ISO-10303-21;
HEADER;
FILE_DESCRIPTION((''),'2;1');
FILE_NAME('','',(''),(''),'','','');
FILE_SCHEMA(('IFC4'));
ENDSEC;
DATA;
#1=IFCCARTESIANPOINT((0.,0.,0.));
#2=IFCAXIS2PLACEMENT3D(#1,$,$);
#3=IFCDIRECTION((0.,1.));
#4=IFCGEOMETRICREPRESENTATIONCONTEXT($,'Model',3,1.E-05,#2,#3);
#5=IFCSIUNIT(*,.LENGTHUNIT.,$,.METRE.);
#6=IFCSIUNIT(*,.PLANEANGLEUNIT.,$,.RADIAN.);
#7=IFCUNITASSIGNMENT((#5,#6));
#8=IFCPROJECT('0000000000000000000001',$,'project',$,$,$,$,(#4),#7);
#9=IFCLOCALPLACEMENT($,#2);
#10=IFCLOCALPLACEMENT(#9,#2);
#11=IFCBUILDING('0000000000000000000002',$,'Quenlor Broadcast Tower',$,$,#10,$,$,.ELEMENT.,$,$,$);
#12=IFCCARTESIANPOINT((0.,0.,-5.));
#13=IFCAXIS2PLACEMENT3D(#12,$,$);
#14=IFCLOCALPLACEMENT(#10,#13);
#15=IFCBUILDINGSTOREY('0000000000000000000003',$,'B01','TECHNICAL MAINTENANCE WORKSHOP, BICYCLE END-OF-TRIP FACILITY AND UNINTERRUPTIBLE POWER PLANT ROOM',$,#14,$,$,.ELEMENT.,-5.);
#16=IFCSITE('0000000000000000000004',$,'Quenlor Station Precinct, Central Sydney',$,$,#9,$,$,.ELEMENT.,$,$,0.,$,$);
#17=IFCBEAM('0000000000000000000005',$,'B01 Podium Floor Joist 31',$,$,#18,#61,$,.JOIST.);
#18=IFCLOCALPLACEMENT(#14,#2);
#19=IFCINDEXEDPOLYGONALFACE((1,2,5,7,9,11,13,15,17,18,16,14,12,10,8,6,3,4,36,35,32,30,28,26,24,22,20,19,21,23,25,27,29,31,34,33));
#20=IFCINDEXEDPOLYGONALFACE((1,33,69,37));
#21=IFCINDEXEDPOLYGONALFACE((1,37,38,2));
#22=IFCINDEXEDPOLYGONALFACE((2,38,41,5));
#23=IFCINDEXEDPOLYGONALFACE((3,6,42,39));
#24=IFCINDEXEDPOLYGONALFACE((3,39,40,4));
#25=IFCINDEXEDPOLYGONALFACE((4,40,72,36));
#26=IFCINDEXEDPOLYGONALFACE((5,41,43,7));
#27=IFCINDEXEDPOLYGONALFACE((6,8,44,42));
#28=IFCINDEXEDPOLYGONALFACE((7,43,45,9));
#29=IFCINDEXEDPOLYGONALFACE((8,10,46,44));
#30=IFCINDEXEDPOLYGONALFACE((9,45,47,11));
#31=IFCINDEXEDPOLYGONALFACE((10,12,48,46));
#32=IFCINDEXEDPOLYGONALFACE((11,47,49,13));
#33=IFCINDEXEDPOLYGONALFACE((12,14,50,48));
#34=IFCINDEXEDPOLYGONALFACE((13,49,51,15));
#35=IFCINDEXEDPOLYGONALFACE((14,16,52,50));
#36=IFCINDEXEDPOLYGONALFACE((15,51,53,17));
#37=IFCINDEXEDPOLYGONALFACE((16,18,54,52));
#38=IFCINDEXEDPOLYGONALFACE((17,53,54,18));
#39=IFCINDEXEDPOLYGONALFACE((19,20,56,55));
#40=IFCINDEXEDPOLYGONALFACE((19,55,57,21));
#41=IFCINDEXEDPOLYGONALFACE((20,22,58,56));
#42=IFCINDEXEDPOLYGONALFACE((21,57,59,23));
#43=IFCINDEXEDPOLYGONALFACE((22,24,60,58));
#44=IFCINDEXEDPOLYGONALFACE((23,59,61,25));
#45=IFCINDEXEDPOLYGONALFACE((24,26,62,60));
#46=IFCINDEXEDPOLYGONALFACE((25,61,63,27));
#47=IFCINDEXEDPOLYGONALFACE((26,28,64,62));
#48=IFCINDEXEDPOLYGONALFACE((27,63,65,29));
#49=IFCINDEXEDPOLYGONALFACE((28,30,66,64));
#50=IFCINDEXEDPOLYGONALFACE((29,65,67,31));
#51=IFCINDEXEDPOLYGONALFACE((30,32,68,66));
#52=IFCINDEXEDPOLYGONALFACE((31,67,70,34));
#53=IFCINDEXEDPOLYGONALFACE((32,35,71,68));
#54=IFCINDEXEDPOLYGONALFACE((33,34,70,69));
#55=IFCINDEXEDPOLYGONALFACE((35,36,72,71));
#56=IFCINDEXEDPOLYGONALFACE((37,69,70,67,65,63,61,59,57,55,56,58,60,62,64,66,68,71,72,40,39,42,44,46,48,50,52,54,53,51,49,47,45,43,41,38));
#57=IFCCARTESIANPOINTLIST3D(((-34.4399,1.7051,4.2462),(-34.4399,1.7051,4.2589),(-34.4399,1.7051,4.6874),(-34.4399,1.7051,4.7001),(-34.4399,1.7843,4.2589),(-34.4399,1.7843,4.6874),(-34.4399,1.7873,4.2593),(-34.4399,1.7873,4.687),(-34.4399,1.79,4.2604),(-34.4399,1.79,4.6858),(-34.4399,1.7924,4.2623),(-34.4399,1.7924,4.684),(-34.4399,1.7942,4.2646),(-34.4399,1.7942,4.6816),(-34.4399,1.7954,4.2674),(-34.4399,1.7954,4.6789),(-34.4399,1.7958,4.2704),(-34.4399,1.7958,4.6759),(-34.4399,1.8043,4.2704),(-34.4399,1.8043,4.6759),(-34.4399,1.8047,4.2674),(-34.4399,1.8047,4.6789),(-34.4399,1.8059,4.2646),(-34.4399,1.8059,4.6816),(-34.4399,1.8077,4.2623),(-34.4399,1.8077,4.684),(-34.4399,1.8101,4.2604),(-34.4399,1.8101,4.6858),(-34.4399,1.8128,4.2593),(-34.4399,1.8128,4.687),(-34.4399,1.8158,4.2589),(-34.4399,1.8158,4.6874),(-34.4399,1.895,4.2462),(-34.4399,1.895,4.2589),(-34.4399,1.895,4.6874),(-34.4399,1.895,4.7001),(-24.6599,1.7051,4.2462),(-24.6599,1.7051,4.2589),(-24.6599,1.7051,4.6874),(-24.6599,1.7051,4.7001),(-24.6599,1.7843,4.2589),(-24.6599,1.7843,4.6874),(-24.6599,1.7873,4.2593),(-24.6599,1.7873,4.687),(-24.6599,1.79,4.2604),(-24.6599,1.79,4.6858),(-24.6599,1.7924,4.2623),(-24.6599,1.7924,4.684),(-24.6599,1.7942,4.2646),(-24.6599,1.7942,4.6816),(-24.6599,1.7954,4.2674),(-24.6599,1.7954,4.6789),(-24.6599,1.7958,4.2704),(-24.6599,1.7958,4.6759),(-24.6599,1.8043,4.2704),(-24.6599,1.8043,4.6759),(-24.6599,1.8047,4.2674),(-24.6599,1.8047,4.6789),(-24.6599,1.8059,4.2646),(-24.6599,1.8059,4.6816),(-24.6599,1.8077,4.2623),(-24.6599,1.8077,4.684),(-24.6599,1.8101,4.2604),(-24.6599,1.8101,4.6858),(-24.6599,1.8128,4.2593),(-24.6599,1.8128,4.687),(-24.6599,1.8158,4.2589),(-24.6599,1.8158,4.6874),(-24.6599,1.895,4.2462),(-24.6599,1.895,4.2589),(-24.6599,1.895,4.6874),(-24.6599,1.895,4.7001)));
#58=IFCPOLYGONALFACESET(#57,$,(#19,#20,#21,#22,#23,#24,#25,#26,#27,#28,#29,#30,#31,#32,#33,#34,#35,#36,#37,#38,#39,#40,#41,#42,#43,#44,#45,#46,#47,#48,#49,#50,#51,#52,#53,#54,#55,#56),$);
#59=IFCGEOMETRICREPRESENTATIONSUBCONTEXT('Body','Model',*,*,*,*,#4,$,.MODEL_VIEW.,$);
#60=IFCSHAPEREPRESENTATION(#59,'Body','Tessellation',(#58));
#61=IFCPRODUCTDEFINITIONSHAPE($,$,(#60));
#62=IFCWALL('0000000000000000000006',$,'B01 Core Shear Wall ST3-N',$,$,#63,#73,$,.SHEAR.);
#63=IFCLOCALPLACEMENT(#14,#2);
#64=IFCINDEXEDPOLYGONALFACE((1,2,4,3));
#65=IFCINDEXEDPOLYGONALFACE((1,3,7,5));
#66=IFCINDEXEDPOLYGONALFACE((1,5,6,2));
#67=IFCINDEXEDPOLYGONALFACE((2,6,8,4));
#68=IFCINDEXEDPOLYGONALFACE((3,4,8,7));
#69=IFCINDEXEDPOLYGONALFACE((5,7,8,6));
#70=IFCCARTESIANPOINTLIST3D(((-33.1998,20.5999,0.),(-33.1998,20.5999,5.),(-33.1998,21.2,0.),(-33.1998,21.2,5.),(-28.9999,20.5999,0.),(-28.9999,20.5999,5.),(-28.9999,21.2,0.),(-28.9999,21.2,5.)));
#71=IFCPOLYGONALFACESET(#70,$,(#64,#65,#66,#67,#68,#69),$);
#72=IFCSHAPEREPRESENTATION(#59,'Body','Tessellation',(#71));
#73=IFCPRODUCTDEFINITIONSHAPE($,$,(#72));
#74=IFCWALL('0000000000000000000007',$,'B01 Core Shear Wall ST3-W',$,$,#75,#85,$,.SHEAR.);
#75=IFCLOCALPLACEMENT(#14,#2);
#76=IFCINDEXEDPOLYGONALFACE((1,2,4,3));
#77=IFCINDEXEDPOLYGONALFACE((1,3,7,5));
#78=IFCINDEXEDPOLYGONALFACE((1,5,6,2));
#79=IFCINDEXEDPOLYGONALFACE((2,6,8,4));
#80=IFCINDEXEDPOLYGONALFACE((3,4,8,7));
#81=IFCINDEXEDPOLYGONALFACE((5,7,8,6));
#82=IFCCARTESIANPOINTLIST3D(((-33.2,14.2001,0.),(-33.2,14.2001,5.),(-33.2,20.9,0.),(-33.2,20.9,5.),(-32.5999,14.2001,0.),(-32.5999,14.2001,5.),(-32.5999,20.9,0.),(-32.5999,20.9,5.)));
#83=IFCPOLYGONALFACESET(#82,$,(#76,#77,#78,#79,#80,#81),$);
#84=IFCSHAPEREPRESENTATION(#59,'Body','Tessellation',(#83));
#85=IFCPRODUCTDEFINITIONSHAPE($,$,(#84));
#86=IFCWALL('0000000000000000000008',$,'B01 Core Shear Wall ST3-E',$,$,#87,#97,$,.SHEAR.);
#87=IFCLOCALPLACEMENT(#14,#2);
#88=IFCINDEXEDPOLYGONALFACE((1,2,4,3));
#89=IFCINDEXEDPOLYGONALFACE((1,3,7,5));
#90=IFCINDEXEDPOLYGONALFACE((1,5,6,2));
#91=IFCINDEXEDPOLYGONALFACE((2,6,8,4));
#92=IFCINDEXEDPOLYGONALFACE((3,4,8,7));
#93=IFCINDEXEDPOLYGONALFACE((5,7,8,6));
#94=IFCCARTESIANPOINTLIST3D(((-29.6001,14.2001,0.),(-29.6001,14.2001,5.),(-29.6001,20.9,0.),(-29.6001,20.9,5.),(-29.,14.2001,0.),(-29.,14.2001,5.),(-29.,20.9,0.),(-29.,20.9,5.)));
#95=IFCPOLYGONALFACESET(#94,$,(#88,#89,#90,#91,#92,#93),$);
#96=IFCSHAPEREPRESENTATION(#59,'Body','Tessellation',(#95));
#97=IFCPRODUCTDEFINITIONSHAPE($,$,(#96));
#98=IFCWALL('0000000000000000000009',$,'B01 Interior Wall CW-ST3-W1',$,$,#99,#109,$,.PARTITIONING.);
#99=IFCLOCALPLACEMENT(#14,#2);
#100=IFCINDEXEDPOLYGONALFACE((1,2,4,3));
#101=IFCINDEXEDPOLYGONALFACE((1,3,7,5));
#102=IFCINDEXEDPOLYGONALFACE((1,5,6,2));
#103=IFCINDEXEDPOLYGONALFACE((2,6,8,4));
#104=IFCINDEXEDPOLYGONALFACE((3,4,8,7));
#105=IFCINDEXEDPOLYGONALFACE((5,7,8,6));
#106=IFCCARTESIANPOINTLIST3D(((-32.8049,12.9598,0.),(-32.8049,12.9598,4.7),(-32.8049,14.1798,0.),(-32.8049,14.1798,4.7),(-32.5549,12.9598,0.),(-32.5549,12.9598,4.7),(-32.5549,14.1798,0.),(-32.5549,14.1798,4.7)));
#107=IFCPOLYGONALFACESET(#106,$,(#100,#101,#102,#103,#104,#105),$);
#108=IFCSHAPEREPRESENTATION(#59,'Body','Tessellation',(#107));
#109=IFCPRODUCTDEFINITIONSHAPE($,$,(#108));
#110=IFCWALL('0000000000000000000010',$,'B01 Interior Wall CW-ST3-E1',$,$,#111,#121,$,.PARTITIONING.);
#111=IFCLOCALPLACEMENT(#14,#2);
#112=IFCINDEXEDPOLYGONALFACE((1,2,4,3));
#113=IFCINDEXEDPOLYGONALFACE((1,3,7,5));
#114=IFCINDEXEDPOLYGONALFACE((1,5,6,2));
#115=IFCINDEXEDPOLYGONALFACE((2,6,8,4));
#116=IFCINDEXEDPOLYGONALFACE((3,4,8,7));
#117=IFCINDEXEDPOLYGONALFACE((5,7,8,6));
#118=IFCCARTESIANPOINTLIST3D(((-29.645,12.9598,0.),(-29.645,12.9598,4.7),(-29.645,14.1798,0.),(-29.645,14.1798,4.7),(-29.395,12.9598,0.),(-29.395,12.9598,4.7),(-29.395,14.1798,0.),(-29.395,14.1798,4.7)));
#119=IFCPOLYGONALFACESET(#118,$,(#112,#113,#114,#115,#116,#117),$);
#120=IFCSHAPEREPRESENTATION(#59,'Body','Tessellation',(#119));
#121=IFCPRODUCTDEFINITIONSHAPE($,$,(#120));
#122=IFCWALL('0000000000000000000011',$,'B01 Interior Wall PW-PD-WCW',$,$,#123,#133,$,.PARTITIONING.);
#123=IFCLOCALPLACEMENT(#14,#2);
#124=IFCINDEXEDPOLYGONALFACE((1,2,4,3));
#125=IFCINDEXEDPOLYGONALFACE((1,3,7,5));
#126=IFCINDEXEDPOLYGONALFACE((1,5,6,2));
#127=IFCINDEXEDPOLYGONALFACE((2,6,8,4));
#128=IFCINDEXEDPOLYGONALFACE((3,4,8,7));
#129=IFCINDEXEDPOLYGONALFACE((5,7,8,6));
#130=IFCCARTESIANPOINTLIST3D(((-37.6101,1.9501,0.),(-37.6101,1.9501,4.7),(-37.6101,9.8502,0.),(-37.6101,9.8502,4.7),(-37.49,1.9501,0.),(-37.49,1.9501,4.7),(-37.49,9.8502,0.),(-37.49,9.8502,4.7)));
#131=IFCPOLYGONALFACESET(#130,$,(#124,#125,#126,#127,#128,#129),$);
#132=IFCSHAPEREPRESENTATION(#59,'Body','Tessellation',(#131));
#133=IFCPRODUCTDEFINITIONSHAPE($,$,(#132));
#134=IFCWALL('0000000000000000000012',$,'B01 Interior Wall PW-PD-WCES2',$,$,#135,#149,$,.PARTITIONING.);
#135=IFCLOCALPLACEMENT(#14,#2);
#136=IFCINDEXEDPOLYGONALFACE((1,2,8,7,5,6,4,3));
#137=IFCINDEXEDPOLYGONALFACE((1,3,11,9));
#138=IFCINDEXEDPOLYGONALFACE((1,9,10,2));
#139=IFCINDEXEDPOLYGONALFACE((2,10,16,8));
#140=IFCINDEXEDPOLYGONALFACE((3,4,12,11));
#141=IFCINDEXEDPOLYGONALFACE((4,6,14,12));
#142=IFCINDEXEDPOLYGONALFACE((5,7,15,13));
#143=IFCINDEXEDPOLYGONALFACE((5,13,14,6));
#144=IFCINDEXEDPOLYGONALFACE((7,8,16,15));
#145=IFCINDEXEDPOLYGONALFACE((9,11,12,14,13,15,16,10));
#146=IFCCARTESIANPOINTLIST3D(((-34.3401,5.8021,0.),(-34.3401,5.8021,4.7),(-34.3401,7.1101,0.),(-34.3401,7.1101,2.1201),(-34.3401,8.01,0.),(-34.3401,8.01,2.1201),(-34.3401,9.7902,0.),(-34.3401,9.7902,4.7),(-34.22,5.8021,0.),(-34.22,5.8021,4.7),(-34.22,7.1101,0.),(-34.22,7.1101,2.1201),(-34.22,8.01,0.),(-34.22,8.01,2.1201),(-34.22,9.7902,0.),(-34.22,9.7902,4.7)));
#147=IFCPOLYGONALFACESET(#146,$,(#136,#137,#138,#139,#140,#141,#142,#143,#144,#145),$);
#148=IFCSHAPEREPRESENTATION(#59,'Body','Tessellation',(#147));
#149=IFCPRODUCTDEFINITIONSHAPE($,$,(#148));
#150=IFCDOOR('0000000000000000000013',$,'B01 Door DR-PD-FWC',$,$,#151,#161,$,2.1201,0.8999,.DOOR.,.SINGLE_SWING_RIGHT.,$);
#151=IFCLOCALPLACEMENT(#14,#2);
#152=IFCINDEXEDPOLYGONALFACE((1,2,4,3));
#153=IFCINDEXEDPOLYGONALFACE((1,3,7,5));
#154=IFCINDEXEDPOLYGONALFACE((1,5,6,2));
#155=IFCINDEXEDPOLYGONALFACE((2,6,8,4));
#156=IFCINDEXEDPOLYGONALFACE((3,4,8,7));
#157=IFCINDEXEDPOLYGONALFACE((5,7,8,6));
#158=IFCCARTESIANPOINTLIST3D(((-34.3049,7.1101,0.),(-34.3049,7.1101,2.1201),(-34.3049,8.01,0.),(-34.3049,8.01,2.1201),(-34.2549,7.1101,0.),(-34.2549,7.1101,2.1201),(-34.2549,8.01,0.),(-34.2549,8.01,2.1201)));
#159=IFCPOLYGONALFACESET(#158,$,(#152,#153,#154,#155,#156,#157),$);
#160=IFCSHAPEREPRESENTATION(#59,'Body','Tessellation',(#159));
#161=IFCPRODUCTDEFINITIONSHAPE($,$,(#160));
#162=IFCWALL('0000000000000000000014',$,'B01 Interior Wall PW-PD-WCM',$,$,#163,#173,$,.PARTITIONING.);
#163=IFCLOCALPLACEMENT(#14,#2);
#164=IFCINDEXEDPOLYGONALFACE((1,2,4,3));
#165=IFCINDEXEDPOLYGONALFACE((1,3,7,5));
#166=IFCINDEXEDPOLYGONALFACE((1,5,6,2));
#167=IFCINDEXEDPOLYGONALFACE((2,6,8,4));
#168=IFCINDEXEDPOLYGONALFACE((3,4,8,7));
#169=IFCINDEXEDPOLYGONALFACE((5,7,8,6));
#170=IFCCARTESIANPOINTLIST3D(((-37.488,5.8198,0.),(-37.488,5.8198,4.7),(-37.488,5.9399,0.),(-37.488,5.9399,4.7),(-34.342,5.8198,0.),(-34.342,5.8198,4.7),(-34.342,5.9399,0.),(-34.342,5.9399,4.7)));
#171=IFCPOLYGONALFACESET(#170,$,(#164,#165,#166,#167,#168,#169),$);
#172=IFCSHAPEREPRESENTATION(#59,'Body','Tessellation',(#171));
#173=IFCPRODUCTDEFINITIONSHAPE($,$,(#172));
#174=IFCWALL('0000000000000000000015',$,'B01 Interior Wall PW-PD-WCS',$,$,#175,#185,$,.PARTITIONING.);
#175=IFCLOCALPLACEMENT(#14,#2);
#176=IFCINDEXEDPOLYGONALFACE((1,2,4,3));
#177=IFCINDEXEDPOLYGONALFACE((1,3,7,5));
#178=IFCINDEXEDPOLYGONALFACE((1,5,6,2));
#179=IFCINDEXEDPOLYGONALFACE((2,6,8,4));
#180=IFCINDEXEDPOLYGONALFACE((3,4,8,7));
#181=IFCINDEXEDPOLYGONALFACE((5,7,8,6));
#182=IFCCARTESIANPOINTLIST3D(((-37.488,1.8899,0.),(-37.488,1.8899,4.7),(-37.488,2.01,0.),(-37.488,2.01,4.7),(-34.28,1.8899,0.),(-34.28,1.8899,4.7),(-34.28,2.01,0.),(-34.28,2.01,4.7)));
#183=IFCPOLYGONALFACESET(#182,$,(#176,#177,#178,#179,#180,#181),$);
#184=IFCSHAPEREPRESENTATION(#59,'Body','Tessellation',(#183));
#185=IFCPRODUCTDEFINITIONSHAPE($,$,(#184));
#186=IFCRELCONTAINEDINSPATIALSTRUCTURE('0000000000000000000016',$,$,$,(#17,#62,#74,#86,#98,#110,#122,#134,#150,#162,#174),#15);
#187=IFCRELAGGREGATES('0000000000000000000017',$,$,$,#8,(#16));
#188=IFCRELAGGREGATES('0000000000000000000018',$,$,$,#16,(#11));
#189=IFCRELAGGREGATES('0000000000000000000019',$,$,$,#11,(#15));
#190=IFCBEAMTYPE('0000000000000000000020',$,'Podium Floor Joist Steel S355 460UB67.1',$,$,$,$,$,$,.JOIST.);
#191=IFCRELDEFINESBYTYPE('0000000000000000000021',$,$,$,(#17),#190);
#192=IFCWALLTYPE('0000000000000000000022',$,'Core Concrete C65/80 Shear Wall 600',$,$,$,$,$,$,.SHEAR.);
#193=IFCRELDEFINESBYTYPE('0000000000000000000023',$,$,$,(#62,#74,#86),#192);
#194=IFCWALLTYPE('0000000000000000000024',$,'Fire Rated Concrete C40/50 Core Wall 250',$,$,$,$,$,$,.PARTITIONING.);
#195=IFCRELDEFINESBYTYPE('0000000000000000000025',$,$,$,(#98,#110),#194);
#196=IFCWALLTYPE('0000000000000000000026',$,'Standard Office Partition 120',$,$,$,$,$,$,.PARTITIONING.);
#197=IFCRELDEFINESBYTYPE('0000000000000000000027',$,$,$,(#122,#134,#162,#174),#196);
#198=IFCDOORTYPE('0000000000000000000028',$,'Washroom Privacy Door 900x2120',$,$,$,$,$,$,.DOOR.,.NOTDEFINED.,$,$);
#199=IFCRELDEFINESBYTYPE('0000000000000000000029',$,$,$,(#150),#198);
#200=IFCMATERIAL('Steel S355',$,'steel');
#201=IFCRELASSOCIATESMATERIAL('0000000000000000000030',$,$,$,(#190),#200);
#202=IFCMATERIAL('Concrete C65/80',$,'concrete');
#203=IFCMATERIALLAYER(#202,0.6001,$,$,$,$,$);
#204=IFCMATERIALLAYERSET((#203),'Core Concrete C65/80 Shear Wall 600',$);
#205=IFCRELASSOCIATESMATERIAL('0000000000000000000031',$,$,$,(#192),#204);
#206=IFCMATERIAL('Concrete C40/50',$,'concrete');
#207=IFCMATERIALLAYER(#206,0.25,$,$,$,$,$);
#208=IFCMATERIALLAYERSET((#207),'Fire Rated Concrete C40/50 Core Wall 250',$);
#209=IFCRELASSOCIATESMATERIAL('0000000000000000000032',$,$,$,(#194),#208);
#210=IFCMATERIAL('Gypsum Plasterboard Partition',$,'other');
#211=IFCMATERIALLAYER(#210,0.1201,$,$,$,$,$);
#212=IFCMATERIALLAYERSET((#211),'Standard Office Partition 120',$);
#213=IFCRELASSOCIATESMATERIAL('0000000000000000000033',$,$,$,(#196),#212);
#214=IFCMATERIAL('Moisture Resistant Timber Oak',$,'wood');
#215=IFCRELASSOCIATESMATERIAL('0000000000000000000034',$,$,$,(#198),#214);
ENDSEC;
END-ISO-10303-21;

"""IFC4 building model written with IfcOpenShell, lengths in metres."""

from ifc_helpers import new_model, si_unit, direction, frame, frame_2d, origin, origin_2d, place, context, subcontext, project, spatial, rectangle, i_section, extrude, material, layer, layer_set, material_profile, profile_set, type_object, element, fill, save


model = new_model("IFC4")

# Units and contexts
model_context = context("Model", 3, precision=1e-05, world=origin(), true_north=direction((0.0, 1.0)))
body_context = subcontext(model_context, "Body", "Model", "MODEL_VIEW")
ifc_project = project(units=[si_unit("LENGTHUNIT", "METRE"), si_unit("PLANEANGLEUNIT", "RADIAN")], contexts=[model_context])

# Site, building, storey
site_placement = place(None, origin())
site = spatial("IfcSite", under=ifc_project, at=site_placement, Name="Quenlor Station Precinct, Central Sydney", CompositionType="ELEMENT", RefElevation=0.0)
building_placement = place(site_placement, origin())
building = spatial("IfcBuilding", under=site, at=building_placement, Name="Quenlor Broadcast Tower", CompositionType="ELEMENT")
storey_placement = place(building_placement, frame((0.0, 0.0, -5.0)))
storey = spatial("IfcBuildingStorey", under=building, at=storey_placement, Name="B01", Description="TECHNICAL MAINTENANCE WORKSHOP, BICYCLE END-OF-TRIP FACILITY AND UNINTERRUPTIBLE POWER PLANT ROOM", CompositionType="ELEMENT", Elevation=-5.0)

# Beam
ifc_material_1 = material(Name="Steel S355", Category="steel")
ifc_material_profile_1 = material_profile(ifc_material_1, i_section(OverallWidth=0.1899, OverallDepth=0.4539, WebThickness=0.0085, FlangeThickness=0.0127, FilletRadius=0.0115, at=origin_2d()))
ifc_profile_set_1 = profile_set([ifc_material_profile_1], Name="Steel S355 460UB67.1")
beam_type_1 = type_object("IfcBeamType", Name="Podium Floor Joist Steel S355 460UB67.1", PredefinedType="JOIST", material=ifc_profile_set_1)
for number, where, z_axis, x_axis, name in (
    (1, (-34.4399, 1.8, 4.4731), (1.0, 0.0, 0.0), (0.0, 1.0, 0.0), "B01 Podium Floor Joist 31"),
):
    element("IfcBeam", number, at=place(storey_placement, frame(where, z_axis=z_axis, x_axis=x_axis)), inside=storey, type_object=beam_type_1, Name=name, PredefinedType="JOIST", context=body_context, shape_type="SweptSolid", body=[
        extrude(i_section(OverallWidth=0.1899, OverallDepth=0.4539, WebThickness=0.0085, FlangeThickness=0.0127, FilletRadius=0.0115, at=origin_2d()), origin(), (0.0, 0.0, 1.0), 9.78),
    ])

# Walls
ifc_material_2 = material(Name="Concrete C65/80", Category="concrete")
ifc_layer_1 = layer(ifc_material_2, 0.6001)
ifc_layer_set_1 = layer_set([ifc_layer_1], Name="Core Concrete C65/80 Shear Wall 600")
wall_type_1 = type_object("IfcWallType", Name="Core Concrete C65/80 Shear Wall 600", PredefinedType="SHEAR", material=ifc_layer_set_1)
wall_1_placement = place(storey_placement, frame((-33.2, 20.8999, 0.0), z_axis=(0.0, 0.0, 1.0), x_axis=(1.0, 0.0, 0.0)))
element("IfcWall", 2, at=wall_1_placement, inside=storey, type_object=wall_type_1, Name="B01 Core Shear Wall ST3-N", PredefinedType="SHEAR", context=body_context, shape_type="SweptSolid", body=[
    extrude(rectangle(XDim=4.2, YDim=0.6001, at=frame_2d((2.1001, 0.0))), origin(), (0.0, 0.0, 1.0), 5.0),
])
for number, where, z_axis, x_axis, name in (
    (3, (-32.8999, 14.2, 0.0), (0.0, 0.0, 1.0), (0.0, 1.0, 0.0), "B01 Core Shear Wall ST3-W"),
    (4, (-29.3, 14.2, 0.0), (0.0, 0.0, 1.0), (0.0, 1.0, 0.0), "B01 Core Shear Wall ST3-E"),
):
    element("IfcWall", number, at=place(storey_placement, frame(where, z_axis=z_axis, x_axis=x_axis)), inside=storey, type_object=wall_type_1, Name=name, PredefinedType="SHEAR", context=body_context, shape_type="SweptSolid", body=[
        extrude(rectangle(XDim=6.7, YDim=0.6001, at=frame_2d((3.3501, 0.0))), origin(), (0.0, 0.0, 1.0), 5.0),
    ])

# Shared definitions
ifc_material_3 = material(Name="Concrete C40/50", Category="concrete")
ifc_layer_2 = layer(ifc_material_3, 0.25)
ifc_layer_set_2 = layer_set([ifc_layer_2], Name="Fire Rated Concrete C40/50 Core Wall 250")
wall_type_2 = type_object("IfcWallType", Name="Fire Rated Concrete C40/50 Core Wall 250", PredefinedType="PARTITIONING", material=ifc_layer_set_2)

# Walls
for number, where, z_axis, x_axis, name in (
    (5, (-32.6799, 12.96, 0.0), (0.0, 0.0, 1.0), (0.0, 1.0, 0.0), "B01 Interior Wall CW-ST3-W1"),
    (6, (-29.52, 12.96, 0.0), (0.0, 0.0, 1.0), (0.0, 1.0, 0.0), "B01 Interior Wall CW-ST3-E1"),
):
    element("IfcWall", number, at=place(storey_placement, frame(where, z_axis=z_axis, x_axis=x_axis)), inside=storey, type_object=wall_type_2, Name=name, PredefinedType="PARTITIONING", context=body_context, shape_type="SweptSolid", body=[
        extrude(rectangle(XDim=1.22, YDim=0.25, at=frame_2d((0.6099, 0.0))), origin(), (0.0, 0.0, 1.0), 4.7),
    ])
ifc_material_4 = material(Name="Gypsum Plasterboard Partition", Category="other")
ifc_layer_3 = layer(ifc_material_4, 0.1201)
ifc_layer_set_3 = layer_set([ifc_layer_3], Name="Standard Office Partition 120")
wall_type_3 = type_object("IfcWallType", Name="Standard Office Partition 120", PredefinedType="PARTITIONING", material=ifc_layer_set_3)
wall_2_placement = place(storey_placement, frame((-37.55, 1.95, 0.0), z_axis=(0.0, 0.0, 1.0), x_axis=(0.0, 1.0, 0.0)))
element("IfcWall", 7, at=wall_2_placement, inside=storey, type_object=wall_type_3, Name="B01 Interior Wall PW-PD-WCW", PredefinedType="PARTITIONING", context=body_context, shape_type="SweptSolid", body=[
    extrude(rectangle(XDim=7.9001, YDim=0.1201, at=frame_2d((3.9502, 0.0))), origin(), (0.0, 0.0, 1.0), 4.7),
])

# Wall, opening, door
ifc_material_5 = material(Name="Moisture Resistant Timber Oak", Category="wood")
door_type_1 = type_object("IfcDoorType", Name="Washroom Privacy Door 900x2120", OperationType="NOTDEFINED", PredefinedType="DOOR", material=ifc_material_5)
wall_3_placement = place(storey_placement, frame((-34.28, 5.802, 0.0), z_axis=(0.0, 0.0, 1.0), x_axis=(0.0, 1.0, 0.0)))
wall_3 = element("IfcWall", 8, at=wall_3_placement, inside=storey, type_object=wall_type_3, Name="B01 Interior Wall PW-PD-WCES2", PredefinedType="PARTITIONING", context=body_context, shape_type="SweptSolid", body=[
    extrude(rectangle(XDim=3.988, YDim=0.1201, at=frame_2d((1.9941, 0.0))), origin(), (0.0, 0.0, 1.0), 4.7),
])
opening_1_placement = place(wall_3_placement, frame((1.3081, 0.0, 0.0)))
opening_1 = element("IfcOpeningElement", 9, at=opening_1_placement, cuts=wall_3, PredefinedType="OPENING", context=body_context, shape_type="SweptSolid", body=[
    extrude(rectangle(XDim=0.8999, YDim=2.1201, at=frame_2d((0.45, 1.0601))), frame((0.0, 0.0701, 0.0), z_axis=(0.0, -1.0, 0.0), x_axis=(1.0, 0.0, 0.0)), (0.0, 0.0, 1.0), 0.1401),
])
door_1_placement = place(opening_1_placement, origin())
door_1 = element("IfcDoor", 10, at=door_1_placement, inside=storey, type_object=door_type_1, Name="B01 Door DR-PD-FWC", OperationType="SINGLE_SWING_RIGHT", OverallHeight=2.1201, OverallWidth=0.8999, PredefinedType="DOOR", context=body_context, shape_type="SweptSolid", body=[
    extrude(rectangle(XDim=0.8999, YDim=2.1201, at=frame_2d((0.45, 1.0601))), frame((0.0, 0.0249, 0.0), z_axis=(0.0, -1.0, 0.0), x_axis=(1.0, 0.0, 0.0)), (0.0, 0.0, 1.0), 0.05),
])
fill(opening_1, door_1)

# Walls
wall_4_placement = place(storey_placement, frame((-37.488, 5.8799, 0.0), z_axis=(0.0, 0.0, 1.0), x_axis=(1.0, 0.0, 0.0)))
element("IfcWall", 11, at=wall_4_placement, inside=storey, type_object=wall_type_3, Name="B01 Interior Wall PW-PD-WCM", PredefinedType="PARTITIONING", context=body_context, shape_type="SweptSolid", body=[
    extrude(rectangle(XDim=3.146, YDim=0.1201, at=frame_2d((1.573, 0.0))), origin(), (0.0, 0.0, 1.0), 4.7),
])
for number, where, z_axis, x_axis, name in (
    (12, (-37.488, 1.95, 0.0), (0.0, 0.0, 1.0), (1.0, 0.0, 0.0), "B01 Interior Wall PW-PD-WCS"),
):
    element("IfcWall", number, at=place(storey_placement, frame(where, z_axis=z_axis, x_axis=x_axis)), inside=storey, type_object=wall_type_3, Name=name, PredefinedType="PARTITIONING", context=body_context, shape_type="SweptSolid", body=[
        extrude(rectangle(XDim=3.208, YDim=0.1201, at=frame_2d((1.604, 0.0))), origin(), (0.0, 0.0, 1.0), 4.7),
    ])

save(model, "model.ifc")
